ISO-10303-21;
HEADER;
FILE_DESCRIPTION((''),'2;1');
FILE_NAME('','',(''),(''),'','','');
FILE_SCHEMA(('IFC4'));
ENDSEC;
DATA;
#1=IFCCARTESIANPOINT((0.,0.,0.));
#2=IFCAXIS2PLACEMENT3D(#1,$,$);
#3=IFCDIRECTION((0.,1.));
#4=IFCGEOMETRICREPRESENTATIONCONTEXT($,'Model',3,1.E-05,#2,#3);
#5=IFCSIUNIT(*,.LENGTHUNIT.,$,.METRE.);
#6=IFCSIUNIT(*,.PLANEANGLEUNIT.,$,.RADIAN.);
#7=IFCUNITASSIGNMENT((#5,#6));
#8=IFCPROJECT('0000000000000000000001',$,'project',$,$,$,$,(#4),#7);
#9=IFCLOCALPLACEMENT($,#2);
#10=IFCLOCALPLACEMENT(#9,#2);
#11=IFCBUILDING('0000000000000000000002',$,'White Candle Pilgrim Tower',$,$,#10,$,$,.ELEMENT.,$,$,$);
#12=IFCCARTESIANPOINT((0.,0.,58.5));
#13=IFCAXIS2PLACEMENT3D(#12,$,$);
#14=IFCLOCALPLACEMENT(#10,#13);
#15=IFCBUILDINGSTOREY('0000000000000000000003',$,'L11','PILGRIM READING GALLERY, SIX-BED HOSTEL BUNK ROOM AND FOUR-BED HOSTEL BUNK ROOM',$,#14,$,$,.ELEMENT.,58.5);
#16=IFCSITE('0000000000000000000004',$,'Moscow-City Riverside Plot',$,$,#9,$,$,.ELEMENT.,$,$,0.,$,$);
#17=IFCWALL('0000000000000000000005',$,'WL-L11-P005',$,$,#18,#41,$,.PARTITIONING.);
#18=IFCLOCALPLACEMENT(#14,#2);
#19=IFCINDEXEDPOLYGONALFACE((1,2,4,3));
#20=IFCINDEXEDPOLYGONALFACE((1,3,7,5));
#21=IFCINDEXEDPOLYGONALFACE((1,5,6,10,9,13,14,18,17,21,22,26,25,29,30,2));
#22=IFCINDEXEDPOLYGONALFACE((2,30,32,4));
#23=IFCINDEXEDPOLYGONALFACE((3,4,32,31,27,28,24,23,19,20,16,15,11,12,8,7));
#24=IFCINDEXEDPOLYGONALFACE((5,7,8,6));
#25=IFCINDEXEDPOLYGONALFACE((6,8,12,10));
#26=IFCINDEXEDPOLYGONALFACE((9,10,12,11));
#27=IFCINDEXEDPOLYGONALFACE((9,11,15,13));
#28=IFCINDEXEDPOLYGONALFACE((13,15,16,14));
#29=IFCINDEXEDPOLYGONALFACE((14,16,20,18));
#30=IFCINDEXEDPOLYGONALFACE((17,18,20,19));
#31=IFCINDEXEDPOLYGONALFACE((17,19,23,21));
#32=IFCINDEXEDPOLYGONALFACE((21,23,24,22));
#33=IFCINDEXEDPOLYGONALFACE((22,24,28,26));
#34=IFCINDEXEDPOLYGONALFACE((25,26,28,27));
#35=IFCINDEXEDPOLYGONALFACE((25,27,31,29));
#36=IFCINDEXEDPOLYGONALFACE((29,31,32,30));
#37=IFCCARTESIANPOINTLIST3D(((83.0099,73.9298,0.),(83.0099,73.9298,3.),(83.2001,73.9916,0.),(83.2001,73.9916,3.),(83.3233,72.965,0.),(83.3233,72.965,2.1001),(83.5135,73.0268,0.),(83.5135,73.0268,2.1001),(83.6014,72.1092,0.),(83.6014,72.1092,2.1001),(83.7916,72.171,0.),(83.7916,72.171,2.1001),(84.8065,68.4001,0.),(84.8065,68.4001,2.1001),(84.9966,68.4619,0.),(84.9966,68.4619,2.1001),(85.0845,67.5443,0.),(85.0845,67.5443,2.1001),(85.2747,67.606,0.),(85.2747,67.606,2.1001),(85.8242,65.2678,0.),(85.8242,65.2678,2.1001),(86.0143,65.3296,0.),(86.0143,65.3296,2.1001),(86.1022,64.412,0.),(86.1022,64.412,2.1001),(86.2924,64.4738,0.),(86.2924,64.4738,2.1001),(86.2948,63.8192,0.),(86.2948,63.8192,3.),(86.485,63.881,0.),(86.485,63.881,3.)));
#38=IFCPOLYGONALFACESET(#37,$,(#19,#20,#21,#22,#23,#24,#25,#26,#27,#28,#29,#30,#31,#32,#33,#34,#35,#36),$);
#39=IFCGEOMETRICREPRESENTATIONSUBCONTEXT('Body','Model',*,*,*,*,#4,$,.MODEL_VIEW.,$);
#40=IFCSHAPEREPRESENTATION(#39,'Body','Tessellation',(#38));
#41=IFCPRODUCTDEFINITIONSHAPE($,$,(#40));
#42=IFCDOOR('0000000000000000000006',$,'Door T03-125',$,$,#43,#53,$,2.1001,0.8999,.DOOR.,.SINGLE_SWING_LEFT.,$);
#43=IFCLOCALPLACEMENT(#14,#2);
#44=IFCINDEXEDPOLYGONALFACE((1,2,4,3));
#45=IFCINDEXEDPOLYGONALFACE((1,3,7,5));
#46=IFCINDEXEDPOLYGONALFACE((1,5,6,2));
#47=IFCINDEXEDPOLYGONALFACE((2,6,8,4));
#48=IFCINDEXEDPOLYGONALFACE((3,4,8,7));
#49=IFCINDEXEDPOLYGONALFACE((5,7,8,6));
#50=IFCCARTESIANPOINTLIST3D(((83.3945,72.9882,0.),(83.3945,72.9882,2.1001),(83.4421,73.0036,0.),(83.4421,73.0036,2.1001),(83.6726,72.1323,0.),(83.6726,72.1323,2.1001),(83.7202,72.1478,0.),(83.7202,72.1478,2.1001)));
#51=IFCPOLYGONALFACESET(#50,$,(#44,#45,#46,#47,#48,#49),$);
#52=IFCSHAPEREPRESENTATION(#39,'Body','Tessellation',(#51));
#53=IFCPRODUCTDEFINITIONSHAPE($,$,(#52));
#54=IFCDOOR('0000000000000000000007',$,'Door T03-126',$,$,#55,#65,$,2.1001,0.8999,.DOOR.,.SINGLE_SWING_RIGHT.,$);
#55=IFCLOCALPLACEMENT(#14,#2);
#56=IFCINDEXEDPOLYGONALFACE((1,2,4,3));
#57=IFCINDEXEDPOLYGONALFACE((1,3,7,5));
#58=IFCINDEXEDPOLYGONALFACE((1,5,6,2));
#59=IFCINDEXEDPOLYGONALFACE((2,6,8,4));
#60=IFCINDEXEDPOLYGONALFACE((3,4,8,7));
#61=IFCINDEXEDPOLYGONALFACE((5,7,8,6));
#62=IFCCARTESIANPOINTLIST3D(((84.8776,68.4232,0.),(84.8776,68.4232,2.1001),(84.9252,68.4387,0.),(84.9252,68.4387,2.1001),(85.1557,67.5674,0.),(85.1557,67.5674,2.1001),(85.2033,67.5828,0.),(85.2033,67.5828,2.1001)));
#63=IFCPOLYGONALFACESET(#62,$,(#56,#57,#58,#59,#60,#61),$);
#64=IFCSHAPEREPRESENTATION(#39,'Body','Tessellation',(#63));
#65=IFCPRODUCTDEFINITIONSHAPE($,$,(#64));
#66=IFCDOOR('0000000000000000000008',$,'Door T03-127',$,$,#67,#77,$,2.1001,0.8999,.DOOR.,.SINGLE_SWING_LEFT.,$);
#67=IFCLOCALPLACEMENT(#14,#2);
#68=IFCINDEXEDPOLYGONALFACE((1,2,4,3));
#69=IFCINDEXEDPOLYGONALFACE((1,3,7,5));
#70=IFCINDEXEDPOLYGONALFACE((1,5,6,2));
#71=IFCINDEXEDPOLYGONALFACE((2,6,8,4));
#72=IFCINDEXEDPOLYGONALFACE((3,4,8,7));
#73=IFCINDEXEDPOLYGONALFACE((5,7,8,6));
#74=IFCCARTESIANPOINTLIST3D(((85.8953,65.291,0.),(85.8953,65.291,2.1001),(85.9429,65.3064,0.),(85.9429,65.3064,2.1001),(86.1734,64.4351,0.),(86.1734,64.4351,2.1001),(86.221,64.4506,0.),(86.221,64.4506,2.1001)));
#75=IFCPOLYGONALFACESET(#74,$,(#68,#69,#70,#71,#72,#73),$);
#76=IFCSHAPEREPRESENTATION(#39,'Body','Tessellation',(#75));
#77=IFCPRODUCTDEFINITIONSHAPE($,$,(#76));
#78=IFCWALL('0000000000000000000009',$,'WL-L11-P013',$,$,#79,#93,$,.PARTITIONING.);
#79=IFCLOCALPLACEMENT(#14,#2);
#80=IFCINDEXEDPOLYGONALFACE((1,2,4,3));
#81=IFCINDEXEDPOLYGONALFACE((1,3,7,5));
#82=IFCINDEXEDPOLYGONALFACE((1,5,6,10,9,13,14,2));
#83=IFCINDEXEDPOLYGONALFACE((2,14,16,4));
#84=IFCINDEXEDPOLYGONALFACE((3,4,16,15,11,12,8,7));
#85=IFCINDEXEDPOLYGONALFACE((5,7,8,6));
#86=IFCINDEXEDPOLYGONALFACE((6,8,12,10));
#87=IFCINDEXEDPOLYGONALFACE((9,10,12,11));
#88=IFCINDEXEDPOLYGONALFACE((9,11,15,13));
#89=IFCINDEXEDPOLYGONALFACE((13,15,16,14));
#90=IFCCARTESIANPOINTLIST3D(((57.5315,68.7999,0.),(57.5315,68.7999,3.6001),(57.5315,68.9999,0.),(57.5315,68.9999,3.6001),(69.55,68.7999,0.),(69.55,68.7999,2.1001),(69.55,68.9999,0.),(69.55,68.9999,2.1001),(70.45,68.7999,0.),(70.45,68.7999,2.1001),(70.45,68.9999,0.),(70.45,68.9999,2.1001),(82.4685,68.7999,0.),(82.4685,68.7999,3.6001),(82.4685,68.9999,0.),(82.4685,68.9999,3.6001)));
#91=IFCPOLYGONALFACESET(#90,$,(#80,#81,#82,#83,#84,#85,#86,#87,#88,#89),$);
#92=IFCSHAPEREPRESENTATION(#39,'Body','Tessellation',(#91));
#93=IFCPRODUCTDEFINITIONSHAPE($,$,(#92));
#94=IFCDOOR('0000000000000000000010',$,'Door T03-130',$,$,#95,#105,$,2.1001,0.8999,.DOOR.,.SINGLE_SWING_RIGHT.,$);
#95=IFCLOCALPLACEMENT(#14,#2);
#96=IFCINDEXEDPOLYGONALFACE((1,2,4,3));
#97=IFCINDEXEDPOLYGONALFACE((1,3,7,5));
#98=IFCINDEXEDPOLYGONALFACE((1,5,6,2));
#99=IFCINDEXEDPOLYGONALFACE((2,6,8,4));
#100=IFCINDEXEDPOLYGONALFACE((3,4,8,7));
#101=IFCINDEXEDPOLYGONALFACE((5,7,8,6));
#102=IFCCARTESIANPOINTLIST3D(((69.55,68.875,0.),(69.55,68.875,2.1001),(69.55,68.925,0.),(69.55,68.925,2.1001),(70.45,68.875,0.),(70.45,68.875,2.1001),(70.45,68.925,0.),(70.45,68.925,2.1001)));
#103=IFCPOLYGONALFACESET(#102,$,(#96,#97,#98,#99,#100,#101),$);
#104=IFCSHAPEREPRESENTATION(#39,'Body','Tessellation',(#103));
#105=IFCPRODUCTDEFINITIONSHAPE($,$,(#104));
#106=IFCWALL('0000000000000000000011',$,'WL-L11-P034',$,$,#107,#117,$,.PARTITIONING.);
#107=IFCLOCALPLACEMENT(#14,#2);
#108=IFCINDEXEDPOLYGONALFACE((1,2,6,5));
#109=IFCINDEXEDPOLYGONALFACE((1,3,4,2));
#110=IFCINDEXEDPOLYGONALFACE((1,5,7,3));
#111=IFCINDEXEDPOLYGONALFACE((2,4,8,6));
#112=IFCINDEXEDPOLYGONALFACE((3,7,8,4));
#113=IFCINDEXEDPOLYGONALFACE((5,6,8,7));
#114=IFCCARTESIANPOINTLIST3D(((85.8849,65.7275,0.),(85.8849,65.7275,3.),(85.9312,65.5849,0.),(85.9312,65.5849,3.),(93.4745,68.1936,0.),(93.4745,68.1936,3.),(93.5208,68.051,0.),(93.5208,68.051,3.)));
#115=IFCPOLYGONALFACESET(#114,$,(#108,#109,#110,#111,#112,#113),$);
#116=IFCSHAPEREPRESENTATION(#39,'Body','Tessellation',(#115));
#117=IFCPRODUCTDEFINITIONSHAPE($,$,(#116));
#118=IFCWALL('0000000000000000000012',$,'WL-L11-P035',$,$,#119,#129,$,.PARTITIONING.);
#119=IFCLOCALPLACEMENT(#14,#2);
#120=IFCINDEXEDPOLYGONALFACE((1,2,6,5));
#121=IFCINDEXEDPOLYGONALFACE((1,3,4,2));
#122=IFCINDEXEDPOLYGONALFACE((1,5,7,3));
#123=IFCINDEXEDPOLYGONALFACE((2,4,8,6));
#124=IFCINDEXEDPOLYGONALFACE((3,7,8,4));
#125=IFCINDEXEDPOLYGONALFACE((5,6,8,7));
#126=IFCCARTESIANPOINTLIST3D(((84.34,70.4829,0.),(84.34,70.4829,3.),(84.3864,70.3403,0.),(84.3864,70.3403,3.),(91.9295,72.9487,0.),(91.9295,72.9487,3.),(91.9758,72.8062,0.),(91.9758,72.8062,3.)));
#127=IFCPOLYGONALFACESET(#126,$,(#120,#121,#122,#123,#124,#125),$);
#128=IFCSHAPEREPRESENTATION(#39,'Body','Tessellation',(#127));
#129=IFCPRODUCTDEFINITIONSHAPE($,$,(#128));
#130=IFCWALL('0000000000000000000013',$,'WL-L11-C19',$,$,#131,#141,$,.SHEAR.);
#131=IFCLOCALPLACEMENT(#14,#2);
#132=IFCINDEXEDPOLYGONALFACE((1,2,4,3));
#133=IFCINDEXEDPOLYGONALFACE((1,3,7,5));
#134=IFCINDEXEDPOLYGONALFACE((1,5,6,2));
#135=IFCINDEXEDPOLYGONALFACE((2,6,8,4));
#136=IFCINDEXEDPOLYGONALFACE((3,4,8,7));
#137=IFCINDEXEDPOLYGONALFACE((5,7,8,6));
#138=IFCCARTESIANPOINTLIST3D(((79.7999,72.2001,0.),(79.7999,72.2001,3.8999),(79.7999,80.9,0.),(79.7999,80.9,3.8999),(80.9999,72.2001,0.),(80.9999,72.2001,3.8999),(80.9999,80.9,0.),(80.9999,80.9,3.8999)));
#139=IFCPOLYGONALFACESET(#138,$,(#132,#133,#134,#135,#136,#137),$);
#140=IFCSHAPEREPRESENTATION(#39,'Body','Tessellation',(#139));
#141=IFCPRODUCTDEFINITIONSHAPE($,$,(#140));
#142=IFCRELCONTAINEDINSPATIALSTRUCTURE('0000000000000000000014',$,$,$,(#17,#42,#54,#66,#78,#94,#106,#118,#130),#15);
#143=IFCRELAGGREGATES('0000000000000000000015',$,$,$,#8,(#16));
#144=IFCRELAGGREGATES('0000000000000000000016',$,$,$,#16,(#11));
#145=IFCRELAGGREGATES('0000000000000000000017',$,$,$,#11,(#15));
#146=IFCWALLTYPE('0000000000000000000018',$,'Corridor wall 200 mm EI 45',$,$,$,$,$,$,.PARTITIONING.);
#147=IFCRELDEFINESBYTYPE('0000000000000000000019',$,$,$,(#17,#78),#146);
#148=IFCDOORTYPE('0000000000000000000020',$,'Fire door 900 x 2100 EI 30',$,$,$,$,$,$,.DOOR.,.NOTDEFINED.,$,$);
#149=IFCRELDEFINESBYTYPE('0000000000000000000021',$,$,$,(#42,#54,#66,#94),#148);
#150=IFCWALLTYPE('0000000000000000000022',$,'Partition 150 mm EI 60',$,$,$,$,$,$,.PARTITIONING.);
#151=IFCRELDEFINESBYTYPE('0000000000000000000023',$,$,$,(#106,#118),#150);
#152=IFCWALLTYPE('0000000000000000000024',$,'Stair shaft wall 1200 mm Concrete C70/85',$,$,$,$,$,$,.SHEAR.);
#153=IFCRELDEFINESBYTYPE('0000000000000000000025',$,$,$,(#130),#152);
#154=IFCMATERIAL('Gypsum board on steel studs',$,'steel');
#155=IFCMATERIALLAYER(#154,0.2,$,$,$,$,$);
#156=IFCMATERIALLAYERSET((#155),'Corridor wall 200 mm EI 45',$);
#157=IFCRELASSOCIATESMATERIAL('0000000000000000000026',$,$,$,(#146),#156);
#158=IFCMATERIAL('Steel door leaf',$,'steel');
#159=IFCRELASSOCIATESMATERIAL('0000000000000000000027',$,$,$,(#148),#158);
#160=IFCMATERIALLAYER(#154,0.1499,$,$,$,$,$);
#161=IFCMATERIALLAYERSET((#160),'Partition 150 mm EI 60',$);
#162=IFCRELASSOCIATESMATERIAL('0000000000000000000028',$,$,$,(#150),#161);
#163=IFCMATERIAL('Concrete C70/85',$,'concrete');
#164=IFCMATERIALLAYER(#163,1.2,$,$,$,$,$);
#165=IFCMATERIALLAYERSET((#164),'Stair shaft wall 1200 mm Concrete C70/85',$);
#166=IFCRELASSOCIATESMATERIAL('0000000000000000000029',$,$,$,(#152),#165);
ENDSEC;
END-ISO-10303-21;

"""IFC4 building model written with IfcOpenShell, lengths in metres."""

from ifc_helpers import new_model, si_unit, direction, frame, frame_2d, origin, place, context, subcontext, project, spatial, rectangle, extrude, material, layer, layer_set, type_object, element, fill, save


model = new_model("IFC4")

# Units and contexts
model_context = context("Model", 3, precision=1e-05, world=origin(), true_north=direction((0.0, 1.0)))
body_context = subcontext(model_context, "Body", "Model", "MODEL_VIEW")
ifc_project = project(units=[si_unit("LENGTHUNIT", "METRE"), si_unit("PLANEANGLEUNIT", "RADIAN")], contexts=[model_context])

# Site, building, storey
site_placement = place(None, origin())
site = spatial("IfcSite", under=ifc_project, at=site_placement, Name="Moscow-City Riverside Plot", CompositionType="ELEMENT", RefElevation=0.0)
building_placement = place(site_placement, origin())
building = spatial("IfcBuilding", under=site, at=building_placement, Name="White Candle Pilgrim Tower", CompositionType="ELEMENT")
storey_placement = place(building_placement, frame((0.0, 0.0, 58.5)))
storey = spatial("IfcBuildingStorey", under=building, at=storey_placement, Name="L11", Description="PILGRIM READING GALLERY, SIX-BED HOSTEL BUNK ROOM AND FOUR-BED HOSTEL BUNK ROOM", CompositionType="ELEMENT", Elevation=58.5)

# Wall, openings, doors
ifc_material_1 = material(Name="Gypsum board on steel studs", Category="steel")
ifc_layer_1 = layer(ifc_material_1, 0.2)
ifc_layer_set_1 = layer_set([ifc_layer_1], Name="Corridor wall 200 mm EI 45")
wall_type_1 = type_object("IfcWallType", Name="Corridor wall 200 mm EI 45", PredefinedType="PARTITIONING", material=ifc_layer_set_1)
wall_1_placement = place(storey_placement, frame((83.105, 73.9607, 0.0), z_axis=(0.0, 0.0, 1.0), x_axis=(0.308998, -0.951063, 0.0)))
wall_1 = element("IfcWall", 1, at=wall_1_placement, inside=storey, type_object=wall_type_1, Name="WL-L11-P005", PredefinedType="PARTITIONING", context=body_context, shape_type="SweptSolid", body=[
    extrude(rectangle(XDim=10.6309, YDim=0.2, at=frame_2d((5.3154, 0.0))), origin(), (0.0, 0.0, 1.0), 3.0),
])
opening_1_placement = place(wall_1_placement, frame((1.0144, 0.0, 0.0)))
opening_1 = element("IfcOpeningElement", 2, at=opening_1_placement, cuts=wall_1, PredefinedType="OPENING", context=body_context, shape_type="SweptSolid", body=[
    extrude(rectangle(XDim=0.8999, YDim=2.1001, at=frame_2d((0.45, 1.05))), frame((0.0, 0.1099, 0.0), z_axis=(0.0, -1.0, 0.0), x_axis=(1.0, 0.0, 0.0)), (0.0, 0.0, 1.0), 0.22),
])
opening_2_placement = place(wall_1_placement, frame((5.8142, 0.0, 0.0)))
opening_2 = element("IfcOpeningElement", 3, at=opening_2_placement, cuts=wall_1, PredefinedType="OPENING", context=body_context, shape_type="SweptSolid", body=[
    extrude(rectangle(XDim=0.8999, YDim=2.1001, at=frame_2d((0.45, 1.05))), frame((0.0, 0.1099, 0.0), z_axis=(0.0, -1.0, 0.0), x_axis=(1.0, 0.0, 0.0)), (0.0, 0.0, 1.0), 0.22),
])
opening_3_placement = place(wall_1_placement, frame((9.1077, 0.0, 0.0)))
opening_3 = element("IfcOpeningElement", 4, at=opening_3_placement, cuts=wall_1, PredefinedType="OPENING", context=body_context, shape_type="SweptSolid", body=[
    extrude(rectangle(XDim=0.8999, YDim=2.1001, at=frame_2d((0.45, 1.05))), frame((0.0, 0.1099, 0.0), z_axis=(0.0, -1.0, 0.0), x_axis=(1.0, 0.0, 0.0)), (0.0, 0.0, 1.0), 0.22),
])
ifc_material_2 = material(Name="Steel door leaf", Category="steel")
door_type = type_object("IfcDoorType", Name="Fire door 900 x 2100 EI 30", OperationType="NOTDEFINED", PredefinedType="DOOR", material=ifc_material_2)
door_1_placement = place(opening_1_placement, origin())
door_1 = element("IfcDoor", 5, at=door_1_placement, inside=storey, type_object=door_type, Name="Door T03-125", OperationType="SINGLE_SWING_LEFT", OverallHeight=2.1001, OverallWidth=0.8999, PredefinedType="DOOR", context=body_context, shape_type="SweptSolid", body=[
    extrude(rectangle(XDim=0.8999, YDim=2.1001, at=frame_2d((0.45, 1.05))), frame((0.0, 0.0249, 0.0), z_axis=(0.0, -1.0, 0.0), x_axis=(1.0, 0.0, 0.0)), (0.0, 0.0, 1.0), 0.05),
])
fill(opening_1, door_1)
door_2_placement = place(opening_2_placement, origin())
door_2 = element("IfcDoor", 6, at=door_2_placement, inside=storey, type_object=door_type, Name="Door T03-126", OperationType="SINGLE_SWING_RIGHT", OverallHeight=2.1001, OverallWidth=0.8999, PredefinedType="DOOR", context=body_context, shape_type="SweptSolid", body=[
    extrude(rectangle(XDim=0.8999, YDim=2.1001, at=frame_2d((0.45, 1.05))), frame((0.0, 0.0249, 0.0), z_axis=(0.0, -1.0, 0.0), x_axis=(1.0, 0.0, 0.0)), (0.0, 0.0, 1.0), 0.05),
])
fill(opening_2, door_2)
door_3_placement = place(opening_3_placement, origin())
door_3 = element("IfcDoor", 7, at=door_3_placement, inside=storey, type_object=door_type, Name="Door T03-127", OperationType="SINGLE_SWING_LEFT", OverallHeight=2.1001, OverallWidth=0.8999, PredefinedType="DOOR", context=body_context, shape_type="SweptSolid", body=[
    extrude(rectangle(XDim=0.8999, YDim=2.1001, at=frame_2d((0.45, 1.05))), frame((0.0, 0.0249, 0.0), z_axis=(0.0, -1.0, 0.0), x_axis=(1.0, 0.0, 0.0)), (0.0, 0.0, 1.0), 0.05),
])
fill(opening_3, door_3)

# Wall, opening, door
wall_2_placement = place(storey_placement, frame((82.4685, 68.8999, 0.0), z_axis=(0.0, 0.0, 1.0), x_axis=(-1.0, 0.0, 0.0)))
wall_2 = element("IfcWall", 8, at=wall_2_placement, inside=storey, type_object=wall_type_1, Name="WL-L11-P013", PredefinedType="PARTITIONING", context=body_context, shape_type="SweptSolid", body=[
    extrude(rectangle(XDim=24.937, YDim=0.2, at=frame_2d((12.4685, 0.0))), origin(), (0.0, 0.0, 1.0), 3.6001),
])
opening_4_placement = place(wall_2_placement, frame((12.0186, 0.0, 0.0)))
opening_4 = element("IfcOpeningElement", 9, at=opening_4_placement, cuts=wall_2, PredefinedType="OPENING", context=body_context, shape_type="SweptSolid", body=[
    extrude(rectangle(XDim=0.8999, YDim=2.1001, at=frame_2d((0.45, 1.05))), frame((0.0, 0.1099, 0.0), z_axis=(0.0, -1.0, 0.0), x_axis=(1.0, 0.0, 0.0)), (0.0, 0.0, 1.0), 0.22),
])
door_4_placement = place(opening_4_placement, origin())
door_4 = element("IfcDoor", 10, at=door_4_placement, inside=storey, type_object=door_type, Name="Door T03-130", OperationType="SINGLE_SWING_RIGHT", OverallHeight=2.1001, OverallWidth=0.8999, PredefinedType="DOOR", context=body_context, shape_type="SweptSolid", body=[
    extrude(rectangle(XDim=0.8999, YDim=2.1001, at=frame_2d((0.45, 1.05))), frame((0.0, 0.0249, 0.0), z_axis=(0.0, -1.0, 0.0), x_axis=(1.0, 0.0, 0.0)), (0.0, 0.0, 1.0), 0.05),
])
fill(opening_4, door_4)

# Walls
ifc_layer_2 = layer(ifc_material_1, 0.1499)
ifc_layer_set_2 = layer_set([ifc_layer_2], Name="Partition 150 mm EI 60")
wall_type_2 = type_object("IfcWallType", Name="Partition 150 mm EI 60", PredefinedType="PARTITIONING", material=ifc_layer_set_2)
wall_3_placement = place(storey_placement, frame((93.4978, 68.1223, 0.0), z_axis=(0.0, 0.0, 1.0), x_axis=(-0.951055, -0.309023, 0.0)))
element("IfcWall", 11, at=wall_3_placement, inside=storey, type_object=wall_type_2, Name="WL-L11-P034", PredefinedType="PARTITIONING", context=body_context, shape_type="SweptSolid", body=[
    extrude(rectangle(XDim=7.9802, YDim=0.1499, at=frame_2d((3.9902, 0.0))), origin(), (0.0, 0.0, 1.0), 3.0),
])
wall_4_placement = place(storey_placement, frame((91.9526, 72.8774, 0.0), z_axis=(0.0, 0.0, 1.0), x_axis=(-0.951061, -0.309004, 0.0)))
element("IfcWall", 12, at=wall_4_placement, inside=storey, type_object=wall_type_2, Name="WL-L11-P035", PredefinedType="PARTITIONING", context=body_context, shape_type="SweptSolid", body=[
    extrude(rectangle(XDim=7.98, YDim=0.1499, at=frame_2d((3.99, 0.0))), origin(), (0.0, 0.0, 1.0), 3.0),
])
ifc_material_3 = material(Name="Concrete C70/85", Category="concrete")
ifc_layer_3 = layer(ifc_material_3, 1.2)
ifc_layer_set_3 = layer_set([ifc_layer_3], Name="Stair shaft wall 1200 mm Concrete C70/85")
wall_type_3 = type_object("IfcWallType", Name="Stair shaft wall 1200 mm Concrete C70/85", PredefinedType="SHEAR", material=ifc_layer_set_3)
wall_5_placement = place(storey_placement, frame((80.3999, 72.2, 0.0), z_axis=(0.0, 0.0, 1.0), x_axis=(0.0, 1.0, 0.0)))
element("IfcWall", 13, at=wall_5_placement, inside=storey, type_object=wall_type_3, Name="WL-L11-C19", PredefinedType="SHEAR", context=body_context, shape_type="SweptSolid", body=[
    extrude(rectangle(XDim=8.7, YDim=1.2, at=frame_2d((4.3501, 0.0))), origin(), (0.0, 0.0, 1.0), 3.8999),
])

save(model, "model.ifc")
